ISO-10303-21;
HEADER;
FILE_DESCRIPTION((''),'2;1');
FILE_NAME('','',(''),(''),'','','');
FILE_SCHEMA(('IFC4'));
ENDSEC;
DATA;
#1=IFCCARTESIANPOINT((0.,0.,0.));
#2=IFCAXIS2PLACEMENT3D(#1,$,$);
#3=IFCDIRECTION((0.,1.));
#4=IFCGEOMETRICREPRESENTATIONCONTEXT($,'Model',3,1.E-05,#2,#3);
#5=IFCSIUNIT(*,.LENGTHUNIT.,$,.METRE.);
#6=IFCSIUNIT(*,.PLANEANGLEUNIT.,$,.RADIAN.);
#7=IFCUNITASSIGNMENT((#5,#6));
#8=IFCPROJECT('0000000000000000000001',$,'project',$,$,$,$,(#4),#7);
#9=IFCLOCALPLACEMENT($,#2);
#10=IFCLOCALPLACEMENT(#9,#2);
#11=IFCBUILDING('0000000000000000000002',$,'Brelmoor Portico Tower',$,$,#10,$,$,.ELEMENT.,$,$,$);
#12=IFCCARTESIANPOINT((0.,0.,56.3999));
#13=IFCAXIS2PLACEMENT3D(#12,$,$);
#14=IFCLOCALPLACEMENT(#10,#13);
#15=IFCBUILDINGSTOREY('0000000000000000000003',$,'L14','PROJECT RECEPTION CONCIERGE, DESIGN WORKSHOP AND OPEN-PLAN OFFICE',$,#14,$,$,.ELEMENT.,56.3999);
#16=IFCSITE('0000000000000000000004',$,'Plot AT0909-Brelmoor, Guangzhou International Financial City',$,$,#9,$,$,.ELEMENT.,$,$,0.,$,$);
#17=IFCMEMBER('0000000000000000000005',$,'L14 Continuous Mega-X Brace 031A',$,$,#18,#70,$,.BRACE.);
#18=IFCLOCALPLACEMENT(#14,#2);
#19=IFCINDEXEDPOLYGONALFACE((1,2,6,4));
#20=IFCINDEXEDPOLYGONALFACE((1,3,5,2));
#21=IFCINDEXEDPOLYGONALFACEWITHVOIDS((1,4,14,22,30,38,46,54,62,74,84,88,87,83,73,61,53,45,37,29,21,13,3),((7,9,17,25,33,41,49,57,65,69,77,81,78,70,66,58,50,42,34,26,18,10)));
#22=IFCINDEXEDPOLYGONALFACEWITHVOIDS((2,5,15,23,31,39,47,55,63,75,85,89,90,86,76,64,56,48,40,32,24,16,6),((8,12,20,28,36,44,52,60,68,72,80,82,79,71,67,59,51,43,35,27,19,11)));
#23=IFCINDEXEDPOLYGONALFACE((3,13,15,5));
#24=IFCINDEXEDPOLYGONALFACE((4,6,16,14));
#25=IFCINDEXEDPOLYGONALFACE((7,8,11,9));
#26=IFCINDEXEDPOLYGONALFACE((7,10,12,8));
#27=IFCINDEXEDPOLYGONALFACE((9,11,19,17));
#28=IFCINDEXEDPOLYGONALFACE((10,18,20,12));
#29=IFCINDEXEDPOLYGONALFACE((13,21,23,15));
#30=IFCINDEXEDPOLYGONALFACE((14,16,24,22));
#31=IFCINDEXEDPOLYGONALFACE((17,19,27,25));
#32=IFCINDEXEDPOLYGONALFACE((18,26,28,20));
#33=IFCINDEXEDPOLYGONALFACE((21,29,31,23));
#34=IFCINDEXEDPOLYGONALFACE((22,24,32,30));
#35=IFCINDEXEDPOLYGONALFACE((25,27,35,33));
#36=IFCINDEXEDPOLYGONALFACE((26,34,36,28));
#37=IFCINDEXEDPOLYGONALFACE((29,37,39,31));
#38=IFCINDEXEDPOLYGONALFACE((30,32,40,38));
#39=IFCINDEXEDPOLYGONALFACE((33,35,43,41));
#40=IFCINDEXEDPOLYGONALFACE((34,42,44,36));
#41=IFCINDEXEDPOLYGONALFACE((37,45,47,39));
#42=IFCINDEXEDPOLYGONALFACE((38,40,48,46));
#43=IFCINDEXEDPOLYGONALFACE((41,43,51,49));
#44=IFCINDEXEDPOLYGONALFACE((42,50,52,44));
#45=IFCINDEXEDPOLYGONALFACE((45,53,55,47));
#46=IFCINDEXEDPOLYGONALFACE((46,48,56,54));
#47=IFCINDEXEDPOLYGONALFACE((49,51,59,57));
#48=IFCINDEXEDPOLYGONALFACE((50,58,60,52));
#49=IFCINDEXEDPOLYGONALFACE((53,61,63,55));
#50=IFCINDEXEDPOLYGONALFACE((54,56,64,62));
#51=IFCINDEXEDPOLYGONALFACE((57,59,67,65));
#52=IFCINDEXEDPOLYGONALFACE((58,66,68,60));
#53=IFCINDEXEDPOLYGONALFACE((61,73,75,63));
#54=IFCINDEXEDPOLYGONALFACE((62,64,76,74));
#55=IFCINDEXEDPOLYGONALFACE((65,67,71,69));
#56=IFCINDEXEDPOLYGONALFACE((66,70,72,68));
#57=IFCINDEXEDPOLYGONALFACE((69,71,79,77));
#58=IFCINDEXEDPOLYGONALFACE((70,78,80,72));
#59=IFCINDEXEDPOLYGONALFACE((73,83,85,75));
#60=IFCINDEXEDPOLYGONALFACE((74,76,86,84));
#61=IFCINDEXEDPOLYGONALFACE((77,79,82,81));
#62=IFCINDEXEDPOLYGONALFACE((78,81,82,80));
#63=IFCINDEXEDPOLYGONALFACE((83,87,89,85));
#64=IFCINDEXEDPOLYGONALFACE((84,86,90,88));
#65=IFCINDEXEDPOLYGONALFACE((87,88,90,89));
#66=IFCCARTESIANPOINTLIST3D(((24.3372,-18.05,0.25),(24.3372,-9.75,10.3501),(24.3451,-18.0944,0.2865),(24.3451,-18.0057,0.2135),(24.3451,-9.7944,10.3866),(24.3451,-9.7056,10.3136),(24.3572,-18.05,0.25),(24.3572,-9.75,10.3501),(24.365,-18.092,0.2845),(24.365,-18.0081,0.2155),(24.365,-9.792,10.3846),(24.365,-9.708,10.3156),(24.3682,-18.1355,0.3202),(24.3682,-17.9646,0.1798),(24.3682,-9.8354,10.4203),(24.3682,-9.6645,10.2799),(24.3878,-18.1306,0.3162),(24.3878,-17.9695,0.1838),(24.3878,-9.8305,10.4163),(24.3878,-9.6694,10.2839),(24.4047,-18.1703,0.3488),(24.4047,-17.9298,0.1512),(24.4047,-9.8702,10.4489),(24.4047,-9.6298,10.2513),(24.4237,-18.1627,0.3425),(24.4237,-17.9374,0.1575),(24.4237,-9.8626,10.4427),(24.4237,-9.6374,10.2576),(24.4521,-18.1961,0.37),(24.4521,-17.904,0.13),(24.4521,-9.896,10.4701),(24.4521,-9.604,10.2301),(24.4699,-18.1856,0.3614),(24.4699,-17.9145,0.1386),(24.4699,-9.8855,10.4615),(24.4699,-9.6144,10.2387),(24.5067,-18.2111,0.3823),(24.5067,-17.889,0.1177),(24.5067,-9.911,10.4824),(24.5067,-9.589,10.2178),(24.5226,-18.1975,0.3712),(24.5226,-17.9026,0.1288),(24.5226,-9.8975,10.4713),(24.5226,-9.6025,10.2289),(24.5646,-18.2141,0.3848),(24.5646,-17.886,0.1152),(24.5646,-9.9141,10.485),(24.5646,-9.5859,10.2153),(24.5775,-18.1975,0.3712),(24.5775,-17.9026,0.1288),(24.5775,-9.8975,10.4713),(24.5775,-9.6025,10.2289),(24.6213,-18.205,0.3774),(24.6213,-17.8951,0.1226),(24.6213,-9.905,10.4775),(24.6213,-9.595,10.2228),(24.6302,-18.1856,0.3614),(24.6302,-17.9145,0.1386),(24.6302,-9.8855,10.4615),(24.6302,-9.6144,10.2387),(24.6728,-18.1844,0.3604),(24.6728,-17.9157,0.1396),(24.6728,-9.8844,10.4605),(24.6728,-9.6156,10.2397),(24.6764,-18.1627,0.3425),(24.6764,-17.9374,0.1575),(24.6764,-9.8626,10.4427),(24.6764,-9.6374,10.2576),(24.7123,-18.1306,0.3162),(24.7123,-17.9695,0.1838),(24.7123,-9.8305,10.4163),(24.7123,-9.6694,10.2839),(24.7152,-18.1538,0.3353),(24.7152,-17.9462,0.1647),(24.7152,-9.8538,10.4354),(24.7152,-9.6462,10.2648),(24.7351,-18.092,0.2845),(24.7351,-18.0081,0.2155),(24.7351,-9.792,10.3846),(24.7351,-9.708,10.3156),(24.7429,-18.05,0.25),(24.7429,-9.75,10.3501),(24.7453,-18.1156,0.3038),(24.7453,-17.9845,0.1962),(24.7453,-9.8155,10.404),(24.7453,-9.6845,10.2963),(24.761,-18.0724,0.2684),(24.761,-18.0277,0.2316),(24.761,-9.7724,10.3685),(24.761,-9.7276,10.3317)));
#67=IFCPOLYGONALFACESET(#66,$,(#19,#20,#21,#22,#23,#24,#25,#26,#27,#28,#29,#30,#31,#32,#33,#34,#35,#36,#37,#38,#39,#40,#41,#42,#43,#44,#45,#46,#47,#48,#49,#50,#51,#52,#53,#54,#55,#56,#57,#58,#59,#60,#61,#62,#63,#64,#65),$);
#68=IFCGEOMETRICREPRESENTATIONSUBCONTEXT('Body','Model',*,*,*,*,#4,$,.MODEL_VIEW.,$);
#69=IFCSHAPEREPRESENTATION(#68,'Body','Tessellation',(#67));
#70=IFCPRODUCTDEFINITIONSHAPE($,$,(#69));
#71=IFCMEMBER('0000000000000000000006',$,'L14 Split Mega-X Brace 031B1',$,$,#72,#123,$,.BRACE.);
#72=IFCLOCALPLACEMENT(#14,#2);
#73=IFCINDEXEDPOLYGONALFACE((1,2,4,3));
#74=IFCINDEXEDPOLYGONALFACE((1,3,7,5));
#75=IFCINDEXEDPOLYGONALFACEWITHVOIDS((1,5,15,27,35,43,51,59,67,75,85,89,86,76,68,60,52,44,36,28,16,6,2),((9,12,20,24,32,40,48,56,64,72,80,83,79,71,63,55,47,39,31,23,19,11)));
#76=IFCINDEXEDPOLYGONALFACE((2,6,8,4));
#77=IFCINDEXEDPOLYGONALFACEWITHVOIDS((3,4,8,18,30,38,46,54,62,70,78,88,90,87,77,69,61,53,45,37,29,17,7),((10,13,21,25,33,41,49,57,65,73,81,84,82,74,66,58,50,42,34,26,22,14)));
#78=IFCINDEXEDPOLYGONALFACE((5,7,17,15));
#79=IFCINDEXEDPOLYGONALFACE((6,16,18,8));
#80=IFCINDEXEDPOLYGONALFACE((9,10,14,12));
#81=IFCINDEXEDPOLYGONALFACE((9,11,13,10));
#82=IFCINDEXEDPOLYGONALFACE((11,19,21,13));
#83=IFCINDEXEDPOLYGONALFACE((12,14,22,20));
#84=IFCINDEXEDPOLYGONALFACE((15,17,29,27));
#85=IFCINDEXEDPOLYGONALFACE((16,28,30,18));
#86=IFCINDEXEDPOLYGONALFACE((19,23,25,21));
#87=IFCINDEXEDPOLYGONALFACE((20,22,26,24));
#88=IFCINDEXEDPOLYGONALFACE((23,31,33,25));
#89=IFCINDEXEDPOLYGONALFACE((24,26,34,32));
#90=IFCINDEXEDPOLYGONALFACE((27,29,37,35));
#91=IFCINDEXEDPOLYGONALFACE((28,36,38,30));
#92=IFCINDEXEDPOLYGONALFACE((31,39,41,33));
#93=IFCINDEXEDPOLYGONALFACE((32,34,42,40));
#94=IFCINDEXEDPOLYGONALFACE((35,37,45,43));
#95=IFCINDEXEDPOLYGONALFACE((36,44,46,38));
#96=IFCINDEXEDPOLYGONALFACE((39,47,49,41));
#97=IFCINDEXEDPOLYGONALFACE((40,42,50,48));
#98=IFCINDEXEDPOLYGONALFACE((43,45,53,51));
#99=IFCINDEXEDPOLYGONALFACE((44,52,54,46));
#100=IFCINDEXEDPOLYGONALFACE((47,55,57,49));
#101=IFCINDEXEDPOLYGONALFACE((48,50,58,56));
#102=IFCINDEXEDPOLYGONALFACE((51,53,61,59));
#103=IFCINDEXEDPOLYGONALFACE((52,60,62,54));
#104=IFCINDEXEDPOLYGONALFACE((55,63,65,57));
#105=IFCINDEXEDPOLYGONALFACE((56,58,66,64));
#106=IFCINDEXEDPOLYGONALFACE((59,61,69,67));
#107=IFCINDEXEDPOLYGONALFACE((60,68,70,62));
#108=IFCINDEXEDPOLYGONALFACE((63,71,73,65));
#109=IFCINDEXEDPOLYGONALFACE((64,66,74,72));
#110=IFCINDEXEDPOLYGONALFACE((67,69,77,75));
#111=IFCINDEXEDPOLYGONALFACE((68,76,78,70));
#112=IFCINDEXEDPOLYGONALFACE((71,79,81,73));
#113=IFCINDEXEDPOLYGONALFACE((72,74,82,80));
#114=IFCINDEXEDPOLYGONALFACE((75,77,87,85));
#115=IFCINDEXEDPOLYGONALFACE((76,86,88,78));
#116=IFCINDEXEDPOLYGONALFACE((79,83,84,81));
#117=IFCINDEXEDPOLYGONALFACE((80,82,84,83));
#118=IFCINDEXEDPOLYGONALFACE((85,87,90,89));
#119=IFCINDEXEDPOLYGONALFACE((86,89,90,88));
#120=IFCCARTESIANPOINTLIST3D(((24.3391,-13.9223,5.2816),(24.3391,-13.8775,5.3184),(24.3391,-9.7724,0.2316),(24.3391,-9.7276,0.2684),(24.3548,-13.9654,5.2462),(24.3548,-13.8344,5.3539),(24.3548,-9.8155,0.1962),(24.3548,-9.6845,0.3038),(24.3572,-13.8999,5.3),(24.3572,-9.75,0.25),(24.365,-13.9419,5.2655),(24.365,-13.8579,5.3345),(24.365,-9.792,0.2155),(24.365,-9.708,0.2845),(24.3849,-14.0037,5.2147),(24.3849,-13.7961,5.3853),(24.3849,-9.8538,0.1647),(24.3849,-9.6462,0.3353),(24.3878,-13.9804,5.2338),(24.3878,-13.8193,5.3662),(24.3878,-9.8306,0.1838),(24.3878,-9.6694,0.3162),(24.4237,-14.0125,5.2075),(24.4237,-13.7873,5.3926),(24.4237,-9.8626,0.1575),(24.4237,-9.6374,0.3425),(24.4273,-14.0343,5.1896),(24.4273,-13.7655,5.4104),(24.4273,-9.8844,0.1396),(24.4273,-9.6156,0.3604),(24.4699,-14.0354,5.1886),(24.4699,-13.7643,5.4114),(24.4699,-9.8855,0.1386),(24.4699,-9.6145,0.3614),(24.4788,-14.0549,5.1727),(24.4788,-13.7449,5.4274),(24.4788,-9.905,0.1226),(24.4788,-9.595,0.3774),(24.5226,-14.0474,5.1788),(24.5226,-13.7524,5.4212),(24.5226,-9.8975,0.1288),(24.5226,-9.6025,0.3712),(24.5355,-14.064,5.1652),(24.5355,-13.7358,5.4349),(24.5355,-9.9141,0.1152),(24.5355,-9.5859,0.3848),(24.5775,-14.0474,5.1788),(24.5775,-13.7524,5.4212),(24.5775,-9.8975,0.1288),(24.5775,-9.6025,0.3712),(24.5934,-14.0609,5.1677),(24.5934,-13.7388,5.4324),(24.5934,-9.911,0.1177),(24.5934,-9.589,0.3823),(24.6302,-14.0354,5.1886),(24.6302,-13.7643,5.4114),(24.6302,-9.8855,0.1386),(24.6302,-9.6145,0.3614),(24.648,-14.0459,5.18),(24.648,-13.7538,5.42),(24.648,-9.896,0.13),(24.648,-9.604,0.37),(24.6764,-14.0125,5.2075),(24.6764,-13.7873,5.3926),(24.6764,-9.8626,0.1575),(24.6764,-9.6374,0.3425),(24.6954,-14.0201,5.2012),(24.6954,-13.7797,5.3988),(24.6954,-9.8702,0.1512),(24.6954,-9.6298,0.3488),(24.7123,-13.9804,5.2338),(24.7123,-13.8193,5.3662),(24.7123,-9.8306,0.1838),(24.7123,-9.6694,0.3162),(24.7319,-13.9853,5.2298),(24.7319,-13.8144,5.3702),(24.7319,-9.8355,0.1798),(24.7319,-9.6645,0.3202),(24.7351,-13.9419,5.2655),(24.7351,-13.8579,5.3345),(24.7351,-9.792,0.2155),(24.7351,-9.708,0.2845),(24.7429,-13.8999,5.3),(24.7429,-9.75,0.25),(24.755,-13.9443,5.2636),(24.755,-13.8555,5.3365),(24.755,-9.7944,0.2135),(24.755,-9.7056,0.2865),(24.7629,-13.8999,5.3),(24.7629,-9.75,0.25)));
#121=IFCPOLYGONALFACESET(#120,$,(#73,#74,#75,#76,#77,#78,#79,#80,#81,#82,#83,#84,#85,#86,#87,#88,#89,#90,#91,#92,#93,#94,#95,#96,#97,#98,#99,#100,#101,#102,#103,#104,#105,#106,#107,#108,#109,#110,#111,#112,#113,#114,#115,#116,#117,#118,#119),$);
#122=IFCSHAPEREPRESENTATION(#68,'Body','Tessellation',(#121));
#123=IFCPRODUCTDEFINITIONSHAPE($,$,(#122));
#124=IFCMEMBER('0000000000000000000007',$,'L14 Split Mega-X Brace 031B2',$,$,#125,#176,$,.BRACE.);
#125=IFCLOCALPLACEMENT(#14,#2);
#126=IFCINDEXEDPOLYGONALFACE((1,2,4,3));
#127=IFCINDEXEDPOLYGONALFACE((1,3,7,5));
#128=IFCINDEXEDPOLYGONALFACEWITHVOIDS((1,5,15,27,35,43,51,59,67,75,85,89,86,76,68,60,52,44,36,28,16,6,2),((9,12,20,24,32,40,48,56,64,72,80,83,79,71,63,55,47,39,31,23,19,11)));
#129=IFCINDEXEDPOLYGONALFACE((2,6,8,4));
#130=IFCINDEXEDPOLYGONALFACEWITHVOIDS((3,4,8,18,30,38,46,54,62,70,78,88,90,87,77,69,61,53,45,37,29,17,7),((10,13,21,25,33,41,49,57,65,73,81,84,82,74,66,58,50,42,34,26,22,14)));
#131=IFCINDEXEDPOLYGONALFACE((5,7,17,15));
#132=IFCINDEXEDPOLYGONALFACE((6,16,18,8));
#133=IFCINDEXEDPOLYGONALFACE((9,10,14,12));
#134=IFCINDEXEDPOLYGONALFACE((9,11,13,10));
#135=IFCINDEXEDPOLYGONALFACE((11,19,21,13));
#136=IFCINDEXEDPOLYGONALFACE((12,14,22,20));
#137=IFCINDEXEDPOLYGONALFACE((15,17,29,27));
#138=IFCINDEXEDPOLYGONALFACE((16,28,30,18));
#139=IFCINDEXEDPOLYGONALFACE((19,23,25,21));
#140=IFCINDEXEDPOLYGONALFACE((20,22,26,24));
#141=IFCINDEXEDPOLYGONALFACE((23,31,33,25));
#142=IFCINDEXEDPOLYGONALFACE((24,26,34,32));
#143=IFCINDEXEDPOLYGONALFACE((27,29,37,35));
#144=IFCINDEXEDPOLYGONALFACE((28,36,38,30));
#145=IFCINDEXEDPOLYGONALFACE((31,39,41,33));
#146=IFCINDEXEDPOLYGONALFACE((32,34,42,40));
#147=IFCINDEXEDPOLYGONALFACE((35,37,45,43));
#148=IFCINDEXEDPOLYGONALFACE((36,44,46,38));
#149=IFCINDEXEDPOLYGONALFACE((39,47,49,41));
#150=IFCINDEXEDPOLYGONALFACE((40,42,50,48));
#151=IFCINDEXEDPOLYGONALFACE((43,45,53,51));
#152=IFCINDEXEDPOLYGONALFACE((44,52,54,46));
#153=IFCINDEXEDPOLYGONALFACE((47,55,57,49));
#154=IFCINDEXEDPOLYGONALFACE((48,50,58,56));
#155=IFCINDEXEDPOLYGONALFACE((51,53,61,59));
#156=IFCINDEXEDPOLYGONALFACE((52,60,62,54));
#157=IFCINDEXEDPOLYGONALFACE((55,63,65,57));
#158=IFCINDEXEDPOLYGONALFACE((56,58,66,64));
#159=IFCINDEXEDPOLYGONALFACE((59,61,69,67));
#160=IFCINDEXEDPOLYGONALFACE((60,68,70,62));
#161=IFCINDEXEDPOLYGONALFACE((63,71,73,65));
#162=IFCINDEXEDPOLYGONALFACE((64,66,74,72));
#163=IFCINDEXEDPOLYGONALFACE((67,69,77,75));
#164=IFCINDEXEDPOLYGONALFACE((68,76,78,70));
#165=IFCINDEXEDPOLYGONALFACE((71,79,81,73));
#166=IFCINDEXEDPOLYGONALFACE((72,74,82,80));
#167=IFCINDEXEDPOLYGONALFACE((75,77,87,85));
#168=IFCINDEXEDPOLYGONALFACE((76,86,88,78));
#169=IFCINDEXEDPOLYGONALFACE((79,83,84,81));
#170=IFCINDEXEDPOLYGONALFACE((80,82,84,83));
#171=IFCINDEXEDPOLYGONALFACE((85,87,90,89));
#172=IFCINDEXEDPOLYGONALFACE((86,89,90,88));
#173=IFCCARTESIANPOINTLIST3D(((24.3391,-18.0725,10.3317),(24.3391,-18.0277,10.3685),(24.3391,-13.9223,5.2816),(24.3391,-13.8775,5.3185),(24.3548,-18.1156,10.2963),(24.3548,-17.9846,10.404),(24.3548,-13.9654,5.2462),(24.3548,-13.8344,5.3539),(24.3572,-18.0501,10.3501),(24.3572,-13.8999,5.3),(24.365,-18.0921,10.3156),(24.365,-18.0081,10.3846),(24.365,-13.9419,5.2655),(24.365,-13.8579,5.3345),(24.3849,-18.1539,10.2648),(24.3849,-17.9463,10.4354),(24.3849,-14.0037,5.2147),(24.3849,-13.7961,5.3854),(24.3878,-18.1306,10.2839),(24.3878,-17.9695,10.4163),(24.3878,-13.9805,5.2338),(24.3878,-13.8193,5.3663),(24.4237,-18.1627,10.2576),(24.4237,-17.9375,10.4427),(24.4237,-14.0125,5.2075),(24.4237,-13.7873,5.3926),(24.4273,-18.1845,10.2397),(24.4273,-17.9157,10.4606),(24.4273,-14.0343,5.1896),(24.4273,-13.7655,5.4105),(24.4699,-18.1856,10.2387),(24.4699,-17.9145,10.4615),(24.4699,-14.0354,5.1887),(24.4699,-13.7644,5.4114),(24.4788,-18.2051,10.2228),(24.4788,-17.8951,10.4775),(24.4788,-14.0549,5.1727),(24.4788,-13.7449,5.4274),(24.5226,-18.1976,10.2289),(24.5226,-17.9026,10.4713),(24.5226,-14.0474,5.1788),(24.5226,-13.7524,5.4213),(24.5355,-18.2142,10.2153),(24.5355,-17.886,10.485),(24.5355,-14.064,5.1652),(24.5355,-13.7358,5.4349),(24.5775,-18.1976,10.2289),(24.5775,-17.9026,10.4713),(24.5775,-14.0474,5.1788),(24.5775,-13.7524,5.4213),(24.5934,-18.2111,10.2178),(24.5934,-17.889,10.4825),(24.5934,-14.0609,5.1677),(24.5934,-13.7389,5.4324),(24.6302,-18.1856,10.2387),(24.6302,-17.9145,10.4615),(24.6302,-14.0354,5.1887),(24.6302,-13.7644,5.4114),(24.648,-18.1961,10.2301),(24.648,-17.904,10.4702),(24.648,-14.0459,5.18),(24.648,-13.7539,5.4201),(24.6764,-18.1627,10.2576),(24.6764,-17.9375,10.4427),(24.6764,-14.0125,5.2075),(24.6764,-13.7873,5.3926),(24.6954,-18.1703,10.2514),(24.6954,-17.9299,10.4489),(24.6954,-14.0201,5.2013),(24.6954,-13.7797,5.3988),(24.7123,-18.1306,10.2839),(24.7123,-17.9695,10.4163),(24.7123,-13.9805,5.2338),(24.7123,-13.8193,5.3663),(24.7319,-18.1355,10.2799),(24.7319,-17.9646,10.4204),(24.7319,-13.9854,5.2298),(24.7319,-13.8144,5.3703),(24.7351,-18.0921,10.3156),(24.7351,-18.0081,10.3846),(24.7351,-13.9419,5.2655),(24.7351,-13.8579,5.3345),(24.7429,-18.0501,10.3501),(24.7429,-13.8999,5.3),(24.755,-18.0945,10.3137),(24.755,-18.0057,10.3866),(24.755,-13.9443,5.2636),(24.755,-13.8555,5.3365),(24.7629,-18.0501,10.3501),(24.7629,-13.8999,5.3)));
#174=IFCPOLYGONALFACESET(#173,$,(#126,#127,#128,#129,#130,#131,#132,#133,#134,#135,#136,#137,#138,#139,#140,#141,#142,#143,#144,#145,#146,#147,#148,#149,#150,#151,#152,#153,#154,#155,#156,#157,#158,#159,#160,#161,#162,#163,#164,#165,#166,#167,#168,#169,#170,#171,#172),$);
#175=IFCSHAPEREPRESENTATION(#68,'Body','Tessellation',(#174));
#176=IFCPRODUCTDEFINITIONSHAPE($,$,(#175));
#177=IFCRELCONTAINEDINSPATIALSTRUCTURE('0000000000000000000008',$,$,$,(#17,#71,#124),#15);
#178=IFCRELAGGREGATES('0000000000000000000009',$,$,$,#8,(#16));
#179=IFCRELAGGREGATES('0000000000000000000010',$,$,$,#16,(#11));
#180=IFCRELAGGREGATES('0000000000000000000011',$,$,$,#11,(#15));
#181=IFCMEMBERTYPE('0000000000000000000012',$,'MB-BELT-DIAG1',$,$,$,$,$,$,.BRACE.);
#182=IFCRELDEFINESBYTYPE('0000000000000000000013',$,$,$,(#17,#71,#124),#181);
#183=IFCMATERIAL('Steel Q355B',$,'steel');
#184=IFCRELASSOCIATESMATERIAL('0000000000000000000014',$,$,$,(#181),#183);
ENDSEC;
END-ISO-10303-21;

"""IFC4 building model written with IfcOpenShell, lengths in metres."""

from ifc_helpers import new_model, si_unit, direction, frame, origin, origin_2d, place, context, subcontext, project, spatial, hollow_circle, extrude, material, material_profile, profile_set, type_object, element, save


model = new_model("IFC4")

# Units and contexts
model_context = context("Model", 3, precision=1e-05, world=origin(), true_north=direction((0.0, 1.0)))
body_context = subcontext(model_context, "Body", "Model", "MODEL_VIEW")
ifc_project = project(units=[si_unit("LENGTHUNIT", "METRE"), si_unit("PLANEANGLEUNIT", "RADIAN")], contexts=[model_context])

# Site, building, storey
site_placement = place(None, origin())
site = spatial("IfcSite", under=ifc_project, at=site_placement, Name="Plot AT0909-Brelmoor, Guangzhou International Financial City", CompositionType="ELEMENT", RefElevation=0.0)
building_placement = place(site_placement, origin())
building = spatial("IfcBuilding", under=site, at=building_placement, Name="Brelmoor Portico Tower", CompositionType="ELEMENT")
storey_placement = place(building_placement, frame((0.0, 0.0, 56.3999)))
storey = spatial("IfcBuildingStorey", under=building, at=storey_placement, Name="L14", Description="PROJECT RECEPTION CONCIERGE, DESIGN WORKSHOP AND OPEN-PLAN OFFICE", CompositionType="ELEMENT", Elevation=56.3999)

# Shared definitions
ifc_material_1 = material(Name="Steel Q355B", Category="steel")

# Members
ifc_material_profile_1 = material_profile(ifc_material_1, hollow_circle(Radius=0.2129, WallThickness=0.02, at=origin_2d()), Name="CHS 426x20")
ifc_profile_set_1 = profile_set([ifc_material_profile_1], Name="Steel Q355B")
member_type_1 = type_object("IfcMemberType", Name="MB-BELT-DIAG1", PredefinedType="BRACE", material=ifc_profile_set_1)
member_1_placement = place(storey_placement, frame((24.55, -18.05, 0.25), z_axis=(0.0, 0.634901, 0.772593), x_axis=(-1.0, 0.0, 0.0)))
element("IfcMember", 1, at=member_1_placement, inside=storey, type_object=member_type_1, Name="L14 Continuous Mega-X Brace 031A", PredefinedType="BRACE", context=body_context, shape_type="SweptSolid", body=[
    extrude(hollow_circle(Radius=0.2129, WallThickness=0.02, at=origin_2d()), origin(), (0.0, 0.0, 1.0), 13.073),
])
member_2_placement = place(storey_placement, frame((24.55, -9.75, 0.25), z_axis=(0.0, -0.63489, 0.772603), x_axis=(1.0, 0.0, 0.0)))
element("IfcMember", 2, at=member_2_placement, inside=storey, type_object=member_type_1, Name="L14 Split Mega-X Brace 031B1", PredefinedType="BRACE", context=body_context, shape_type="SweptSolid", body=[
    extrude(hollow_circle(Radius=0.2129, WallThickness=0.02, at=origin_2d()), origin(), (0.0, 0.0, 1.0), 6.5364),
])
member_3_placement = place(storey_placement, frame((24.55, -13.8999, 5.3), z_axis=(0.0, -0.634912, 0.772584), x_axis=(1.0, 0.0, 0.0)))
element("IfcMember", 3, at=member_3_placement, inside=storey, type_object=member_type_1, Name="L14 Split Mega-X Brace 031B2", PredefinedType="BRACE", context=body_context, shape_type="SweptSolid", body=[
    extrude(hollow_circle(Radius=0.2129, WallThickness=0.02, at=origin_2d()), origin(), (0.0, 0.0, 1.0), 6.5366),
])

save(model, "model.ifc")
